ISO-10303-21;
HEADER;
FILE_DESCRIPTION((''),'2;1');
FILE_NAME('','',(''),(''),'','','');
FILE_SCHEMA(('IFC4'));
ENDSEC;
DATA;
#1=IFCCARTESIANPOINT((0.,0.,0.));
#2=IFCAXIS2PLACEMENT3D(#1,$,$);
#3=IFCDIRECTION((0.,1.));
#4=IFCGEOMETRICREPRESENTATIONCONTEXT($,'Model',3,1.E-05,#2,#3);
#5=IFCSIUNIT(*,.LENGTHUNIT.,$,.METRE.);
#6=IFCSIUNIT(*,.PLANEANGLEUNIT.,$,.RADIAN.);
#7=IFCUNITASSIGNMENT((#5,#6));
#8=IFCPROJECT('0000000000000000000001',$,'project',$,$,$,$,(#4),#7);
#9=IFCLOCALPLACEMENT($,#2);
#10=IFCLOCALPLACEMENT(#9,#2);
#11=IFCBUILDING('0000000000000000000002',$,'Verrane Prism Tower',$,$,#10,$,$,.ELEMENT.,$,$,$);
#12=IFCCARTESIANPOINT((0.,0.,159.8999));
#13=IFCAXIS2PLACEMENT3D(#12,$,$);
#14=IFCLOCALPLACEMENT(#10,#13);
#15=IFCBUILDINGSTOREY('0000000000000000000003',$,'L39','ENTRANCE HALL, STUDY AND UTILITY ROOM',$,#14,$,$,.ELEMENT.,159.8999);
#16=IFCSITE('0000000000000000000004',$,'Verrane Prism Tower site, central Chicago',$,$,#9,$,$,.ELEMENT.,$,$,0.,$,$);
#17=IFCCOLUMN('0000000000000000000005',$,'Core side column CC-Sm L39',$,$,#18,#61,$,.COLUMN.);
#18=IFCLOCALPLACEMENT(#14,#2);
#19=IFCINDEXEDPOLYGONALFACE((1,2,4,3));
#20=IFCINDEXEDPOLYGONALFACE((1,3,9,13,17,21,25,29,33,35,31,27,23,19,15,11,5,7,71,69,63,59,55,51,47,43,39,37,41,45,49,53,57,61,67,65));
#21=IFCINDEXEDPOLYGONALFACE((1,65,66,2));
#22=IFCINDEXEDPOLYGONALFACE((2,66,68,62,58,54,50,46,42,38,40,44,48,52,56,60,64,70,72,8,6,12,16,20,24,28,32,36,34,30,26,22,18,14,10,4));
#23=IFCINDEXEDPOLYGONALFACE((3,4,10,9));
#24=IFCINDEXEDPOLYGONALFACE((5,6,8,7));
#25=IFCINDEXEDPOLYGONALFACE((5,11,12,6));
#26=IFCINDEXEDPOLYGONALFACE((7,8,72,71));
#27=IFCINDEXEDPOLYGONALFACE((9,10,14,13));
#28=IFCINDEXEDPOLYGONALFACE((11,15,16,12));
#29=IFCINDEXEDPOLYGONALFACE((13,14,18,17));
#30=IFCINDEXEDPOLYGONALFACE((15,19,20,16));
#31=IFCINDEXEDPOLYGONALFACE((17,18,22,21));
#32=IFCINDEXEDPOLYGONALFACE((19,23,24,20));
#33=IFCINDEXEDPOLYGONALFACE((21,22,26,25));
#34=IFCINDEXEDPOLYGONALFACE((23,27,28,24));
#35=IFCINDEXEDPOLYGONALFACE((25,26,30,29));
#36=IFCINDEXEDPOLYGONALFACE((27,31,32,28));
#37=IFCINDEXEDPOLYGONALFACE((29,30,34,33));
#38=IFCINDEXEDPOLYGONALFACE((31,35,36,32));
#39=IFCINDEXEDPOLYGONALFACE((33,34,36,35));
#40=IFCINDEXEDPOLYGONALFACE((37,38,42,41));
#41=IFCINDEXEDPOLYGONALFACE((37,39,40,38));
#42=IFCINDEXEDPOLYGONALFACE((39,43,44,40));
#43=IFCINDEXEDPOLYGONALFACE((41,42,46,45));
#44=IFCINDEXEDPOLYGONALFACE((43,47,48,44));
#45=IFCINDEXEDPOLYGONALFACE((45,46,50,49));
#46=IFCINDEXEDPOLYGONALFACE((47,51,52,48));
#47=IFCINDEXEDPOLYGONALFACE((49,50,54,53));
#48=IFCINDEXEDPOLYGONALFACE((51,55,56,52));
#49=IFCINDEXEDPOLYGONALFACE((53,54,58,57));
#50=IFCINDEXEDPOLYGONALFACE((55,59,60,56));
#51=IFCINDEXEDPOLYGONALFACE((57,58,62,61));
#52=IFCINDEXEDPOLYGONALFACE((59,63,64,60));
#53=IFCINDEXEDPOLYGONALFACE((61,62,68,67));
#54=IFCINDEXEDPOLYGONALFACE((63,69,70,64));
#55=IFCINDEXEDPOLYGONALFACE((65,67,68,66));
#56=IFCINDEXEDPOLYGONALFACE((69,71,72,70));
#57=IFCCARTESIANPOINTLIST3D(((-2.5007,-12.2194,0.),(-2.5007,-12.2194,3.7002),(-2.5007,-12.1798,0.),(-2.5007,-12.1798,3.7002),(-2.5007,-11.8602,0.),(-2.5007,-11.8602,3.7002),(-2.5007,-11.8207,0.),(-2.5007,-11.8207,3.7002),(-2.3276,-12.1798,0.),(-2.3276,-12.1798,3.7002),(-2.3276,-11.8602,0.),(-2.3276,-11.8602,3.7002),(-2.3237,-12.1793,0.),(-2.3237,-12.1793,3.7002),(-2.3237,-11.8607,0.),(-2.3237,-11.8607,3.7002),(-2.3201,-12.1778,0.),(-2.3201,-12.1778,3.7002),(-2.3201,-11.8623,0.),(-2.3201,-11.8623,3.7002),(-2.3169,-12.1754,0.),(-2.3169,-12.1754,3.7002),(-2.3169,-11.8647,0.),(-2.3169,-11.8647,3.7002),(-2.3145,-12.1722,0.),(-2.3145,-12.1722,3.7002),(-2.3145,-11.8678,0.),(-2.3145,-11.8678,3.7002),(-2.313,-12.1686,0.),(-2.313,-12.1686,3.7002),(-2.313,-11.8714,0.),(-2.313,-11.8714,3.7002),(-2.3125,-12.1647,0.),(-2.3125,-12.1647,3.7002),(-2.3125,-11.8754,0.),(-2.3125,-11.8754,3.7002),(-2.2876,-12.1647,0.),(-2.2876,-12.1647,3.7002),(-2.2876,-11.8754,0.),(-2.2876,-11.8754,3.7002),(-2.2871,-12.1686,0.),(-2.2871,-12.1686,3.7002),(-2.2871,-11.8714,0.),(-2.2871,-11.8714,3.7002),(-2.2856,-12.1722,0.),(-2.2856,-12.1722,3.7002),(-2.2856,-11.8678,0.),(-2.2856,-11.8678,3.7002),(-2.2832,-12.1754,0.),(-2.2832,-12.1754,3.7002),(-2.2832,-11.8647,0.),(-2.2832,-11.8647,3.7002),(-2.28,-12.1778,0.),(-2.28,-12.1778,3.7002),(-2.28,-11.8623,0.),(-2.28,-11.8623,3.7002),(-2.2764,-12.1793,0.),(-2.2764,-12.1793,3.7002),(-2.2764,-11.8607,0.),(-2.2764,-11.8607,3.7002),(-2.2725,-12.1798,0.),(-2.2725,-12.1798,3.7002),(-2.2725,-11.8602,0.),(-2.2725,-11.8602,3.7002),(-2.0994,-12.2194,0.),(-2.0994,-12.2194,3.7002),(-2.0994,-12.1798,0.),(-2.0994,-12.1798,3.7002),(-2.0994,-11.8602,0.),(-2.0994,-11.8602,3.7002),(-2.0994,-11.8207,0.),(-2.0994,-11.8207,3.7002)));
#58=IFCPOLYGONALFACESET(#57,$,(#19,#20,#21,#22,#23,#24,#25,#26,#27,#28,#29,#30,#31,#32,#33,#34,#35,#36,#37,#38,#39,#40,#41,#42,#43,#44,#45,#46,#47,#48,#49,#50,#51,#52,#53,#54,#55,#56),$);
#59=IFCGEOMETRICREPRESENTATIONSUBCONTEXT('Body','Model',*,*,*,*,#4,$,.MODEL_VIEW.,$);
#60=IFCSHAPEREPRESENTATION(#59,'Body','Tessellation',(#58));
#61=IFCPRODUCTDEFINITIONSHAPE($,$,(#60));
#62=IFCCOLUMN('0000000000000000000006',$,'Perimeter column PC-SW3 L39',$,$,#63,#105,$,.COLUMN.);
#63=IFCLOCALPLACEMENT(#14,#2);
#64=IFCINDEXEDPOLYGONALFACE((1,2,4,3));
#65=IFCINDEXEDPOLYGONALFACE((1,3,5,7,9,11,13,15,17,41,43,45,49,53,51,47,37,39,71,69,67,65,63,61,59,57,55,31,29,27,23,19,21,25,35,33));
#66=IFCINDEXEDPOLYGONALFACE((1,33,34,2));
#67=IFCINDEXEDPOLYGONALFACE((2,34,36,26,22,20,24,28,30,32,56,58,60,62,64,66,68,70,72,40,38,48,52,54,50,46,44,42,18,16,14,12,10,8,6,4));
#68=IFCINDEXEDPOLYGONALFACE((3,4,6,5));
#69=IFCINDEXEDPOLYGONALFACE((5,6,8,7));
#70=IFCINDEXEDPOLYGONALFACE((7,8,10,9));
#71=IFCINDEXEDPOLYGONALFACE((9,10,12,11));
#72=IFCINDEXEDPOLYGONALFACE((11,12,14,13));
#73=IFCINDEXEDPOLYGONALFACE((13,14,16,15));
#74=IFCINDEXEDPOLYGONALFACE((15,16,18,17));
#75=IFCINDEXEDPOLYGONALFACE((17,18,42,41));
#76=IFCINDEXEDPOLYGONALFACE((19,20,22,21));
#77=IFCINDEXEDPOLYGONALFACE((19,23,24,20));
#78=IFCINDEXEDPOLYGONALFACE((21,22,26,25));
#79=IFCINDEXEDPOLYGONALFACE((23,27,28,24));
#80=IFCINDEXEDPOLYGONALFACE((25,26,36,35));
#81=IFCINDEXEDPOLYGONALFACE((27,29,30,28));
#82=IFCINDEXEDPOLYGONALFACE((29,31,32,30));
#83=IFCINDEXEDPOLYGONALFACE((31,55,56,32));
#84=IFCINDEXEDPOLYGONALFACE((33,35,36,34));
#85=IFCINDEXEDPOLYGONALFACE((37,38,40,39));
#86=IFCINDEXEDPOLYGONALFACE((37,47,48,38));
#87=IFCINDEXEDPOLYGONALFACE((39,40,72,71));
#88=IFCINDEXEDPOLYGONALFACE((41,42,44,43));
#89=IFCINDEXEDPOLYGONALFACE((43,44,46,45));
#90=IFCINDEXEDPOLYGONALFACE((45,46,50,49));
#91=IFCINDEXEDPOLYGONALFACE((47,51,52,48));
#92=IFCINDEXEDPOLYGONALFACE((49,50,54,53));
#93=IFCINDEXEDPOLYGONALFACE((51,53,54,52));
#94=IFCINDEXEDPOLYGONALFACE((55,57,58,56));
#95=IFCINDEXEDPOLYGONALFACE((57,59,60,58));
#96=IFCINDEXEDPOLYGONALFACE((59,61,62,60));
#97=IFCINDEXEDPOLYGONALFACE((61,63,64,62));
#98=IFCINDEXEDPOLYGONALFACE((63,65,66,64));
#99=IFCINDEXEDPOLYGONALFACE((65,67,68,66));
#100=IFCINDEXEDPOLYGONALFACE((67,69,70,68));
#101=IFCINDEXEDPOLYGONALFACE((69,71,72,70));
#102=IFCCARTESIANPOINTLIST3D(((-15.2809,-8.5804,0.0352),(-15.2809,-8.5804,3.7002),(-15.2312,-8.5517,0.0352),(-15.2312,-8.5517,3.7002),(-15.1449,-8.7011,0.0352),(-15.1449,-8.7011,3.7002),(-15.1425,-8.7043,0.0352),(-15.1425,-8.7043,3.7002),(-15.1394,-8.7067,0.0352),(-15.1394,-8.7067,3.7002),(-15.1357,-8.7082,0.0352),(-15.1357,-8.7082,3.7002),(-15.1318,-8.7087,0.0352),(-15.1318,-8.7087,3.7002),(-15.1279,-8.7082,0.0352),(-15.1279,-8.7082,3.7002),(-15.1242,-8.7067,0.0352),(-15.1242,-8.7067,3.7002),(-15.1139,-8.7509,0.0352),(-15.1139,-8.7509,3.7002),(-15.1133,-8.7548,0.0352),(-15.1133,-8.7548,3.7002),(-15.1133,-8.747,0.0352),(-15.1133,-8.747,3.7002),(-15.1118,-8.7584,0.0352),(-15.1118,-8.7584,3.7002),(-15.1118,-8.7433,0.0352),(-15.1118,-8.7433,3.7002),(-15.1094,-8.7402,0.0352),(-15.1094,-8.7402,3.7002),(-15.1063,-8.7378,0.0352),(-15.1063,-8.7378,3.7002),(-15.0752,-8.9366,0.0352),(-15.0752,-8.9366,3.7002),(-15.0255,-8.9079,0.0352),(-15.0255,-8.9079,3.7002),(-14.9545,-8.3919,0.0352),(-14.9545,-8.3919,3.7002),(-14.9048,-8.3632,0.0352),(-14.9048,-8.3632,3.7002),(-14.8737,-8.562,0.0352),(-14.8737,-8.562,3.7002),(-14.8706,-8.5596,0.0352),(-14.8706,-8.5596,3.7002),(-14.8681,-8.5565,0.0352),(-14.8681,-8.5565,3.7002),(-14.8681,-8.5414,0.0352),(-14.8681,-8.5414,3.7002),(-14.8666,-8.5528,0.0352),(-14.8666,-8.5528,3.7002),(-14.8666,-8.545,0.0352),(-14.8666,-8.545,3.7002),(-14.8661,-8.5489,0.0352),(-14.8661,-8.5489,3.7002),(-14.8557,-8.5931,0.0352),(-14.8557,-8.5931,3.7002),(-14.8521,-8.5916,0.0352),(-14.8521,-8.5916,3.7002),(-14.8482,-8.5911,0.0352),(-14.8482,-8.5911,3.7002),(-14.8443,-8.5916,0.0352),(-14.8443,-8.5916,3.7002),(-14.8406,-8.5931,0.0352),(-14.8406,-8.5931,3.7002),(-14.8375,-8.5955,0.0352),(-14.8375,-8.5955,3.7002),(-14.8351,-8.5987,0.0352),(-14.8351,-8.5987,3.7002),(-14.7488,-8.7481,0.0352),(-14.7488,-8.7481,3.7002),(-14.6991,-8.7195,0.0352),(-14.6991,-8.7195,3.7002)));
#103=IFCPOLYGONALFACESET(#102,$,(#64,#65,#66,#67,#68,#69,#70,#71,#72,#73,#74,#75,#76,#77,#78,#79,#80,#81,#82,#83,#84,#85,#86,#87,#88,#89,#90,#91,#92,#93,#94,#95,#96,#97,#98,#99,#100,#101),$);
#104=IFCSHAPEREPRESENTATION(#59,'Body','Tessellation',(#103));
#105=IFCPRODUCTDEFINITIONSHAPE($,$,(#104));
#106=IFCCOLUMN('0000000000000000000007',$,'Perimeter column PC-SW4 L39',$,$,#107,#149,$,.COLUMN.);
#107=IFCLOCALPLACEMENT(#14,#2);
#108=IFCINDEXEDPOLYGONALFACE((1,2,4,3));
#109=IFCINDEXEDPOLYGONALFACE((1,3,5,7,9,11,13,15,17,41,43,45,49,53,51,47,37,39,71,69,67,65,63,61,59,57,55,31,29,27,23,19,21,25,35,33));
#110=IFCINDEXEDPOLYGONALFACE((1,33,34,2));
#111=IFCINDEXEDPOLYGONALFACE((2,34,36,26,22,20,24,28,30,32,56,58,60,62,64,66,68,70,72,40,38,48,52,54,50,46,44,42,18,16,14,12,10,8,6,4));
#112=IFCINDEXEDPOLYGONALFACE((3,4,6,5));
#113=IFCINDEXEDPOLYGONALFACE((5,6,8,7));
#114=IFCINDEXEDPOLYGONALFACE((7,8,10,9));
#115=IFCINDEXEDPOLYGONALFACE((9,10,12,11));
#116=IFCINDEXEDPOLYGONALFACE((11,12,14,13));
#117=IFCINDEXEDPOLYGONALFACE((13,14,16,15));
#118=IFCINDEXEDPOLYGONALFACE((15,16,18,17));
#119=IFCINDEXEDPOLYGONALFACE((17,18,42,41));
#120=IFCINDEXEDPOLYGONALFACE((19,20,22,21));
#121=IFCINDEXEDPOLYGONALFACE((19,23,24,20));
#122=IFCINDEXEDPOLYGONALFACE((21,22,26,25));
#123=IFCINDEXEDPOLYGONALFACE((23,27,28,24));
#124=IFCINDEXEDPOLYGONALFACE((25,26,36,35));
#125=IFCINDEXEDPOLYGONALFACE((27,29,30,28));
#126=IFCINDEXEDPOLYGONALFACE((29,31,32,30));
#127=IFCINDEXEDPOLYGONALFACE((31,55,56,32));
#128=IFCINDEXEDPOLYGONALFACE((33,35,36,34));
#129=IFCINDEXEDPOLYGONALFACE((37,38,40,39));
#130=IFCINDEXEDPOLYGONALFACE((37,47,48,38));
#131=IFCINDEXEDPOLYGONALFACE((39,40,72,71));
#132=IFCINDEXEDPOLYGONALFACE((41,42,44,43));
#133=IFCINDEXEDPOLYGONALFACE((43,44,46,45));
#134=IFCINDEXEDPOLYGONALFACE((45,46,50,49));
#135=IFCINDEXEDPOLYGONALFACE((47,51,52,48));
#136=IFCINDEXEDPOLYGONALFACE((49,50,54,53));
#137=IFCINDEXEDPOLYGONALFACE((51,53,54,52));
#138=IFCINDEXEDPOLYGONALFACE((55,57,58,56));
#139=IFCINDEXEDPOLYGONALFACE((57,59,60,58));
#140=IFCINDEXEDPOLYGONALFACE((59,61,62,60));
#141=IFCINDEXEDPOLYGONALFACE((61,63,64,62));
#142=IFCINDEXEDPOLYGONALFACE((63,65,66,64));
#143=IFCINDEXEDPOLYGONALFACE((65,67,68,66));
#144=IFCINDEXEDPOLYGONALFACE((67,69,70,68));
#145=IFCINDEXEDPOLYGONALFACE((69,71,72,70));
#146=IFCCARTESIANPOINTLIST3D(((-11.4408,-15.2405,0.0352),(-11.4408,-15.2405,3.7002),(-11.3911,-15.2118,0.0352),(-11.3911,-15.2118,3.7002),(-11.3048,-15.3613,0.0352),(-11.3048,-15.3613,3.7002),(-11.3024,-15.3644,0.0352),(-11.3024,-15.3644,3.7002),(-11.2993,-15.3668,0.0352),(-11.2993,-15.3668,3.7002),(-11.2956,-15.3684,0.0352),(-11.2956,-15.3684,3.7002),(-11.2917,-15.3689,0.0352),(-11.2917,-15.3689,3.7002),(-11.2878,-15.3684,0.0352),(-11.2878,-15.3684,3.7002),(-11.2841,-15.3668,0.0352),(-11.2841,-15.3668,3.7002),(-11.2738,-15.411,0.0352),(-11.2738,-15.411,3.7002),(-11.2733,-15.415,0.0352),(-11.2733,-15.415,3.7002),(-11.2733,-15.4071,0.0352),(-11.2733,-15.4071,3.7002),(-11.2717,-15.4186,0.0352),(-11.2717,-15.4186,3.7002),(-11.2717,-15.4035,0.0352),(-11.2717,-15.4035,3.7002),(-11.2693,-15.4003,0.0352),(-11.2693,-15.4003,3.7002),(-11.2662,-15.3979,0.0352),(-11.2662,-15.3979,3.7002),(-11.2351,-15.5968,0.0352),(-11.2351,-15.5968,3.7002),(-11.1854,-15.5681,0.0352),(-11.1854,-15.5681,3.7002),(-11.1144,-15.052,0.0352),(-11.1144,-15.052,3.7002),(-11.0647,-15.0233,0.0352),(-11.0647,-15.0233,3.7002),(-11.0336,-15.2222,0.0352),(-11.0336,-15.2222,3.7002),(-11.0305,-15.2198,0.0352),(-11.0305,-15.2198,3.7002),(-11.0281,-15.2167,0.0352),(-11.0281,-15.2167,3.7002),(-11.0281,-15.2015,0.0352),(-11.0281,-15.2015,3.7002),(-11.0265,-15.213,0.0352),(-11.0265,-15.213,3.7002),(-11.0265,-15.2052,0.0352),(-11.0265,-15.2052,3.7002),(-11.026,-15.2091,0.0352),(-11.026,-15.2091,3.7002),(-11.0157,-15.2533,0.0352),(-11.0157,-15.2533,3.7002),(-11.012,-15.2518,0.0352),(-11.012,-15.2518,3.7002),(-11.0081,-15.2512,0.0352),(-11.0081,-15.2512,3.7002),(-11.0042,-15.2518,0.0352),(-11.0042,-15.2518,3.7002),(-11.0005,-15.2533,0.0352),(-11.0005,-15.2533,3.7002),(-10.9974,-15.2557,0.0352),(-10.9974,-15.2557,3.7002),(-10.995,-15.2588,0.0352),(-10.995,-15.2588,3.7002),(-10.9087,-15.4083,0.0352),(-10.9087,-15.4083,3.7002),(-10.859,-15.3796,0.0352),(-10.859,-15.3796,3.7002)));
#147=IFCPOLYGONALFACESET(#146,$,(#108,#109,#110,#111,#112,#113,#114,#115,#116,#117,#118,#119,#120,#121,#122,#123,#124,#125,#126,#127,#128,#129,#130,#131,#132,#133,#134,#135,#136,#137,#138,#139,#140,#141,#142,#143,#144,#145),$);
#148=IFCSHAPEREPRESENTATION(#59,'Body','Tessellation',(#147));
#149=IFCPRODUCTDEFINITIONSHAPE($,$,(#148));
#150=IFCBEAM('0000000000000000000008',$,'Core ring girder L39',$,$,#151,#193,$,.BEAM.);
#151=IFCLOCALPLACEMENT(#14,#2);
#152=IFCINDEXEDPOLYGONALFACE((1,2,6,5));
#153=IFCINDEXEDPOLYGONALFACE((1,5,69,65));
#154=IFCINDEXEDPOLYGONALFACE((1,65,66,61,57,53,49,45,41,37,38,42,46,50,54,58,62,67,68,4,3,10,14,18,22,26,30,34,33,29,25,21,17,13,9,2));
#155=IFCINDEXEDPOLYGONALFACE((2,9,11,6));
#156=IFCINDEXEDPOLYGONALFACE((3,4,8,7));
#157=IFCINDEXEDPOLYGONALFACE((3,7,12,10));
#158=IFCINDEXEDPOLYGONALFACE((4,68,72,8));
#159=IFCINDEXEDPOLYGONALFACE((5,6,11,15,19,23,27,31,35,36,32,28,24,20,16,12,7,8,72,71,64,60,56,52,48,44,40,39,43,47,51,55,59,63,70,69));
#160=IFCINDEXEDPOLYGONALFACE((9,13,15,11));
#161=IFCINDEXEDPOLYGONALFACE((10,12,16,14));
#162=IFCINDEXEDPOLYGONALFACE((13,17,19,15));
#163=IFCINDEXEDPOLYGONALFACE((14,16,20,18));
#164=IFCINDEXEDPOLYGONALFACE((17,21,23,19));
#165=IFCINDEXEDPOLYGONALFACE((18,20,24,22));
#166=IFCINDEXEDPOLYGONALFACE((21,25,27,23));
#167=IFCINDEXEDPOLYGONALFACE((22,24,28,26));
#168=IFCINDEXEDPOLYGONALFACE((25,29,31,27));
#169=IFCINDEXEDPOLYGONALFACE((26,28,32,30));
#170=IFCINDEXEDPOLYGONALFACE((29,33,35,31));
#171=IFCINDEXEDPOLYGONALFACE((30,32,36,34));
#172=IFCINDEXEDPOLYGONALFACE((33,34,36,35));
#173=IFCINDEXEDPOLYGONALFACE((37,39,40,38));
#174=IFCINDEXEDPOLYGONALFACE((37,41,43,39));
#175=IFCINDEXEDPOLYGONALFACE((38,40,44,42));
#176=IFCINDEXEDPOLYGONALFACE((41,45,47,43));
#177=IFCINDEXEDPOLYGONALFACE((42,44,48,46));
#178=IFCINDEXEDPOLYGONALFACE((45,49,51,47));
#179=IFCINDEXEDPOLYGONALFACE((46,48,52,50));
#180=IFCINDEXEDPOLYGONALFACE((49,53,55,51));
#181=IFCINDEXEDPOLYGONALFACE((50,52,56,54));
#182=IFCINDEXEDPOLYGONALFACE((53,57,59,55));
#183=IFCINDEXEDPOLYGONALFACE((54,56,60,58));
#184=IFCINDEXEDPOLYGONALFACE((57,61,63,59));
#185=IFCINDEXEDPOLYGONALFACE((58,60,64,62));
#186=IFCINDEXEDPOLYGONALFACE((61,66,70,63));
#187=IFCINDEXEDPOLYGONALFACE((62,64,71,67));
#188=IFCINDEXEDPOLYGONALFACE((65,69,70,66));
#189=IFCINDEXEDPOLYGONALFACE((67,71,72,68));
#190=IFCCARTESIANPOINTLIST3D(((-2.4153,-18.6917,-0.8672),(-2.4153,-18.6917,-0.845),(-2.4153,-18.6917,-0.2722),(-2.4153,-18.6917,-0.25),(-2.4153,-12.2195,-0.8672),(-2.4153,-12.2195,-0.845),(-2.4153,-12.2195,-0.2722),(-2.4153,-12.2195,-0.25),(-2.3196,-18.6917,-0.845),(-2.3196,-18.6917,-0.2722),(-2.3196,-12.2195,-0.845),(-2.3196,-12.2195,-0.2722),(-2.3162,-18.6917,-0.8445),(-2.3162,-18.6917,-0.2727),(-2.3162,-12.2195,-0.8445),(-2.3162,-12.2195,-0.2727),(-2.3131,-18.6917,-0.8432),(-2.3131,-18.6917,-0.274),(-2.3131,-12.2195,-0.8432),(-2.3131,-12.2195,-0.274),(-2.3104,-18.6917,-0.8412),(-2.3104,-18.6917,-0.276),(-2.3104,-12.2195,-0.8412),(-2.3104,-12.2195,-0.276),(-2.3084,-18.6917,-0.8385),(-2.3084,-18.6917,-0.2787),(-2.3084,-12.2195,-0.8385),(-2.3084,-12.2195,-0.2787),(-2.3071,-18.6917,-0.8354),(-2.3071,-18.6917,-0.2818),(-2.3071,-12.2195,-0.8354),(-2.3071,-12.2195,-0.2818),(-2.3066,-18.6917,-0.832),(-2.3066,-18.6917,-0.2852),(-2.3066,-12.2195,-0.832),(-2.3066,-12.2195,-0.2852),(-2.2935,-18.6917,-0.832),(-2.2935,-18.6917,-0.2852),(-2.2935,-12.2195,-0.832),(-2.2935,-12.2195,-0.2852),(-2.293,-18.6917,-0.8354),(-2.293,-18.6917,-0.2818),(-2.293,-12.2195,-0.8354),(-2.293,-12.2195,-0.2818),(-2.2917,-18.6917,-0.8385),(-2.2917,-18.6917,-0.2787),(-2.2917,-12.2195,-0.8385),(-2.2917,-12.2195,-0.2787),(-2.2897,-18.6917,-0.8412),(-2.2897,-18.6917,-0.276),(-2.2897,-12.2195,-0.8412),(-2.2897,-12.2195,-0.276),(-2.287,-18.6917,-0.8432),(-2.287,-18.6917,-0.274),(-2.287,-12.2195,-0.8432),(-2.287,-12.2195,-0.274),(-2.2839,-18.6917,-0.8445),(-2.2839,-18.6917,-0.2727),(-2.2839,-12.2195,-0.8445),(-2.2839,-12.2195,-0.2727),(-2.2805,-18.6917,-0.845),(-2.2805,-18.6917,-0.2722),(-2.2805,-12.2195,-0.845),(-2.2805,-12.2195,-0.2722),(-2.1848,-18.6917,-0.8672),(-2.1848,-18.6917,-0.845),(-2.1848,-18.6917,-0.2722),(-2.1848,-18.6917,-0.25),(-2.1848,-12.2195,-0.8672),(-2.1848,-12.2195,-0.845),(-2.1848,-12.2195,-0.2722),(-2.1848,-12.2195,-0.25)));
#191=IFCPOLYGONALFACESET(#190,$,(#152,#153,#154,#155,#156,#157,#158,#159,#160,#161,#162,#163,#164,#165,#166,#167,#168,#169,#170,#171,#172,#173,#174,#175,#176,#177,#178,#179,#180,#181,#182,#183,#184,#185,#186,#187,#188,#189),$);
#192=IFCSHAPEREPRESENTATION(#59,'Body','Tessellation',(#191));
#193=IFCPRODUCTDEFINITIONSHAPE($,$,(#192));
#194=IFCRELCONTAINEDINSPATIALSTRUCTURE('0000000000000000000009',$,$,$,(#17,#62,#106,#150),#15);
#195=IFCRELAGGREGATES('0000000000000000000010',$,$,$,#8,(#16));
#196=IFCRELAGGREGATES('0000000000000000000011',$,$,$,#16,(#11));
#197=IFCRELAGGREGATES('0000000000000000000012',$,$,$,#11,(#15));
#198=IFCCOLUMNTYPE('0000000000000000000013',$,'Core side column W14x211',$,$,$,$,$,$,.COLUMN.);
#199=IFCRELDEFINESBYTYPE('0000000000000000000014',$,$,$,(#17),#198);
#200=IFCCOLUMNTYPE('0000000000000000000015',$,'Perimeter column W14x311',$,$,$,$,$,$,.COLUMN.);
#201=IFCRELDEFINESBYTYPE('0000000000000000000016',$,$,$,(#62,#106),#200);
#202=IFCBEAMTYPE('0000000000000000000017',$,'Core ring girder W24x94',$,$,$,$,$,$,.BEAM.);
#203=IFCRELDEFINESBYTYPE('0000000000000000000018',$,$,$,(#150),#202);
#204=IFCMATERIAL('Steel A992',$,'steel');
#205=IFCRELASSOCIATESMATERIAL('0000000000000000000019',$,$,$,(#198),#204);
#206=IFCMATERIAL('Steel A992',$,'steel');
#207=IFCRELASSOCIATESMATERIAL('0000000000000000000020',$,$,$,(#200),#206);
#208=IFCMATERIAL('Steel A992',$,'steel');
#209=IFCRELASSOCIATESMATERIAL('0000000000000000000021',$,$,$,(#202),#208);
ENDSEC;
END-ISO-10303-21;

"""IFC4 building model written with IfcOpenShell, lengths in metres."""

from ifc_helpers import new_model, si_unit, direction, frame, origin, origin_2d, place, context, subcontext, project, spatial, i_section, extrude, material, material_profile, profile_set, type_object, element, save


model = new_model("IFC4")

# Units and contexts
model_context = context("Model", 3, precision=1e-05, world=origin(), true_north=direction((0.0, 1.0)))
body_context = subcontext(model_context, "Body", "Model", "MODEL_VIEW")
ifc_project = project(units=[si_unit("LENGTHUNIT", "METRE"), si_unit("PLANEANGLEUNIT", "RADIAN")], contexts=[model_context])

# Site, building, storey
site_placement = place(None, origin())
site = spatial("IfcSite", under=ifc_project, at=site_placement, Name="Verrane Prism Tower site, central Chicago", CompositionType="ELEMENT", RefElevation=0.0)
building_placement = place(site_placement, origin())
building = spatial("IfcBuilding", under=site, at=building_placement, Name="Verrane Prism Tower", CompositionType="ELEMENT")
storey_placement = place(building_placement, frame((0.0, 0.0, 159.8999)))
storey = spatial("IfcBuildingStorey", under=building, at=storey_placement, Name="L39", Description="ENTRANCE HALL, STUDY AND UTILITY ROOM", CompositionType="ELEMENT", Elevation=159.8999)

# Columns
ifc_material_1 = material(Name="Steel A992", Category="steel")
ifc_material_profile_1 = material_profile(ifc_material_1, i_section(OverallWidth=0.4014, OverallDepth=0.3987, WebThickness=0.0249, FlangeThickness=0.0396, FilletRadius=0.0151, at=origin_2d()), Name="W14x211")
ifc_profile_set_1 = profile_set([ifc_material_profile_1], Name="Steel A992")
column_type_1 = type_object("IfcColumnType", Name="Core side column W14x211", PredefinedType="COLUMN", material=ifc_profile_set_1)
column_placement = place(storey_placement, frame((-2.3, -12.02, 0.0), z_axis=(0.0, 0.0, 1.0), x_axis=(1.0, 0.0, 0.0)))
element("IfcColumn", 1, at=column_placement, inside=storey, type_object=column_type_1, Name="Core side column CC-Sm L39", PredefinedType="COLUMN", context=body_context, shape_type="SweptSolid", body=[
    extrude(i_section(OverallWidth=0.4014, OverallDepth=0.3987, WebThickness=0.0249, FlangeThickness=0.0396, FilletRadius=0.0151, at=origin_2d()), origin(), (0.0, 0.0, 1.0), 3.7002),
])
ifc_material_2 = material(Name="Steel A992", Category="steel")
ifc_material_profile_2 = material_profile(ifc_material_2, i_section(OverallWidth=0.4114, OverallDepth=0.4343, WebThickness=0.0359, FlangeThickness=0.0574, FilletRadius=0.0151, at=origin_2d()), Name="W14x311")
ifc_profile_set_2 = profile_set([ifc_material_profile_2], Name="Steel A992")
column_type_2 = type_object("IfcColumnType", Name="Perimeter column W14x311", PredefinedType="COLUMN", material=ifc_profile_set_2)
for number, where, z_axis, x_axis, name in (
    (2, (-14.99, -8.6499, 0.0352), (0.0, 0.0, 1.0), (-0.5, 0.866025, 0.0), "Perimeter column PC-SW3 L39"),
    (3, (-11.1499, -15.3101, 0.0352), (0.0, 0.0, 1.0), (-0.5, 0.866025, 0.0), "Perimeter column PC-SW4 L39"),
):
    element("IfcColumn", number, at=place(storey_placement, frame(where, z_axis=z_axis, x_axis=x_axis)), inside=storey, type_object=column_type_2, Name=name, PredefinedType="COLUMN", context=body_context, shape_type="SweptSolid", body=[
        extrude(i_section(OverallWidth=0.4114, OverallDepth=0.4343, WebThickness=0.0359, FlangeThickness=0.0574, FilletRadius=0.0151, at=origin_2d()), origin(), (0.0, 0.0, 1.0), 3.665),
    ])

# Beam
ifc_material_3 = material(Name="Steel A992", Category="steel")
ifc_material_profile_3 = material_profile(ifc_material_3, i_section(OverallWidth=0.2305, OverallDepth=0.6172, WebThickness=0.0132, FlangeThickness=0.0222, FilletRadius=0.0129, at=origin_2d()), Name="W24x94")
ifc_profile_set_3 = profile_set([ifc_material_profile_3], Name="Steel A992")
beam_type_1 = type_object("IfcBeamType", Name="Core ring girder W24x94", PredefinedType="BEAM", material=ifc_profile_set_3)
beam_1_placement = place(storey_placement, frame((-2.3, -12.2195, -0.5586), z_axis=(0.0, -1.0, 0.0), x_axis=(1.0, 0.0, 0.0)))
element("IfcBeam", 4, at=beam_1_placement, inside=storey, type_object=beam_type_1, Name="Core ring girder L39", PredefinedType="BEAM", context=body_context, shape_type="SweptSolid", body=[
    extrude(i_section(OverallWidth=0.2305, OverallDepth=0.6172, WebThickness=0.0132, FlangeThickness=0.0222, FilletRadius=0.0129, at=origin_2d()), origin(), (0.0, 0.0, 1.0), 6.4722),
])

save(model, "model.ifc")
